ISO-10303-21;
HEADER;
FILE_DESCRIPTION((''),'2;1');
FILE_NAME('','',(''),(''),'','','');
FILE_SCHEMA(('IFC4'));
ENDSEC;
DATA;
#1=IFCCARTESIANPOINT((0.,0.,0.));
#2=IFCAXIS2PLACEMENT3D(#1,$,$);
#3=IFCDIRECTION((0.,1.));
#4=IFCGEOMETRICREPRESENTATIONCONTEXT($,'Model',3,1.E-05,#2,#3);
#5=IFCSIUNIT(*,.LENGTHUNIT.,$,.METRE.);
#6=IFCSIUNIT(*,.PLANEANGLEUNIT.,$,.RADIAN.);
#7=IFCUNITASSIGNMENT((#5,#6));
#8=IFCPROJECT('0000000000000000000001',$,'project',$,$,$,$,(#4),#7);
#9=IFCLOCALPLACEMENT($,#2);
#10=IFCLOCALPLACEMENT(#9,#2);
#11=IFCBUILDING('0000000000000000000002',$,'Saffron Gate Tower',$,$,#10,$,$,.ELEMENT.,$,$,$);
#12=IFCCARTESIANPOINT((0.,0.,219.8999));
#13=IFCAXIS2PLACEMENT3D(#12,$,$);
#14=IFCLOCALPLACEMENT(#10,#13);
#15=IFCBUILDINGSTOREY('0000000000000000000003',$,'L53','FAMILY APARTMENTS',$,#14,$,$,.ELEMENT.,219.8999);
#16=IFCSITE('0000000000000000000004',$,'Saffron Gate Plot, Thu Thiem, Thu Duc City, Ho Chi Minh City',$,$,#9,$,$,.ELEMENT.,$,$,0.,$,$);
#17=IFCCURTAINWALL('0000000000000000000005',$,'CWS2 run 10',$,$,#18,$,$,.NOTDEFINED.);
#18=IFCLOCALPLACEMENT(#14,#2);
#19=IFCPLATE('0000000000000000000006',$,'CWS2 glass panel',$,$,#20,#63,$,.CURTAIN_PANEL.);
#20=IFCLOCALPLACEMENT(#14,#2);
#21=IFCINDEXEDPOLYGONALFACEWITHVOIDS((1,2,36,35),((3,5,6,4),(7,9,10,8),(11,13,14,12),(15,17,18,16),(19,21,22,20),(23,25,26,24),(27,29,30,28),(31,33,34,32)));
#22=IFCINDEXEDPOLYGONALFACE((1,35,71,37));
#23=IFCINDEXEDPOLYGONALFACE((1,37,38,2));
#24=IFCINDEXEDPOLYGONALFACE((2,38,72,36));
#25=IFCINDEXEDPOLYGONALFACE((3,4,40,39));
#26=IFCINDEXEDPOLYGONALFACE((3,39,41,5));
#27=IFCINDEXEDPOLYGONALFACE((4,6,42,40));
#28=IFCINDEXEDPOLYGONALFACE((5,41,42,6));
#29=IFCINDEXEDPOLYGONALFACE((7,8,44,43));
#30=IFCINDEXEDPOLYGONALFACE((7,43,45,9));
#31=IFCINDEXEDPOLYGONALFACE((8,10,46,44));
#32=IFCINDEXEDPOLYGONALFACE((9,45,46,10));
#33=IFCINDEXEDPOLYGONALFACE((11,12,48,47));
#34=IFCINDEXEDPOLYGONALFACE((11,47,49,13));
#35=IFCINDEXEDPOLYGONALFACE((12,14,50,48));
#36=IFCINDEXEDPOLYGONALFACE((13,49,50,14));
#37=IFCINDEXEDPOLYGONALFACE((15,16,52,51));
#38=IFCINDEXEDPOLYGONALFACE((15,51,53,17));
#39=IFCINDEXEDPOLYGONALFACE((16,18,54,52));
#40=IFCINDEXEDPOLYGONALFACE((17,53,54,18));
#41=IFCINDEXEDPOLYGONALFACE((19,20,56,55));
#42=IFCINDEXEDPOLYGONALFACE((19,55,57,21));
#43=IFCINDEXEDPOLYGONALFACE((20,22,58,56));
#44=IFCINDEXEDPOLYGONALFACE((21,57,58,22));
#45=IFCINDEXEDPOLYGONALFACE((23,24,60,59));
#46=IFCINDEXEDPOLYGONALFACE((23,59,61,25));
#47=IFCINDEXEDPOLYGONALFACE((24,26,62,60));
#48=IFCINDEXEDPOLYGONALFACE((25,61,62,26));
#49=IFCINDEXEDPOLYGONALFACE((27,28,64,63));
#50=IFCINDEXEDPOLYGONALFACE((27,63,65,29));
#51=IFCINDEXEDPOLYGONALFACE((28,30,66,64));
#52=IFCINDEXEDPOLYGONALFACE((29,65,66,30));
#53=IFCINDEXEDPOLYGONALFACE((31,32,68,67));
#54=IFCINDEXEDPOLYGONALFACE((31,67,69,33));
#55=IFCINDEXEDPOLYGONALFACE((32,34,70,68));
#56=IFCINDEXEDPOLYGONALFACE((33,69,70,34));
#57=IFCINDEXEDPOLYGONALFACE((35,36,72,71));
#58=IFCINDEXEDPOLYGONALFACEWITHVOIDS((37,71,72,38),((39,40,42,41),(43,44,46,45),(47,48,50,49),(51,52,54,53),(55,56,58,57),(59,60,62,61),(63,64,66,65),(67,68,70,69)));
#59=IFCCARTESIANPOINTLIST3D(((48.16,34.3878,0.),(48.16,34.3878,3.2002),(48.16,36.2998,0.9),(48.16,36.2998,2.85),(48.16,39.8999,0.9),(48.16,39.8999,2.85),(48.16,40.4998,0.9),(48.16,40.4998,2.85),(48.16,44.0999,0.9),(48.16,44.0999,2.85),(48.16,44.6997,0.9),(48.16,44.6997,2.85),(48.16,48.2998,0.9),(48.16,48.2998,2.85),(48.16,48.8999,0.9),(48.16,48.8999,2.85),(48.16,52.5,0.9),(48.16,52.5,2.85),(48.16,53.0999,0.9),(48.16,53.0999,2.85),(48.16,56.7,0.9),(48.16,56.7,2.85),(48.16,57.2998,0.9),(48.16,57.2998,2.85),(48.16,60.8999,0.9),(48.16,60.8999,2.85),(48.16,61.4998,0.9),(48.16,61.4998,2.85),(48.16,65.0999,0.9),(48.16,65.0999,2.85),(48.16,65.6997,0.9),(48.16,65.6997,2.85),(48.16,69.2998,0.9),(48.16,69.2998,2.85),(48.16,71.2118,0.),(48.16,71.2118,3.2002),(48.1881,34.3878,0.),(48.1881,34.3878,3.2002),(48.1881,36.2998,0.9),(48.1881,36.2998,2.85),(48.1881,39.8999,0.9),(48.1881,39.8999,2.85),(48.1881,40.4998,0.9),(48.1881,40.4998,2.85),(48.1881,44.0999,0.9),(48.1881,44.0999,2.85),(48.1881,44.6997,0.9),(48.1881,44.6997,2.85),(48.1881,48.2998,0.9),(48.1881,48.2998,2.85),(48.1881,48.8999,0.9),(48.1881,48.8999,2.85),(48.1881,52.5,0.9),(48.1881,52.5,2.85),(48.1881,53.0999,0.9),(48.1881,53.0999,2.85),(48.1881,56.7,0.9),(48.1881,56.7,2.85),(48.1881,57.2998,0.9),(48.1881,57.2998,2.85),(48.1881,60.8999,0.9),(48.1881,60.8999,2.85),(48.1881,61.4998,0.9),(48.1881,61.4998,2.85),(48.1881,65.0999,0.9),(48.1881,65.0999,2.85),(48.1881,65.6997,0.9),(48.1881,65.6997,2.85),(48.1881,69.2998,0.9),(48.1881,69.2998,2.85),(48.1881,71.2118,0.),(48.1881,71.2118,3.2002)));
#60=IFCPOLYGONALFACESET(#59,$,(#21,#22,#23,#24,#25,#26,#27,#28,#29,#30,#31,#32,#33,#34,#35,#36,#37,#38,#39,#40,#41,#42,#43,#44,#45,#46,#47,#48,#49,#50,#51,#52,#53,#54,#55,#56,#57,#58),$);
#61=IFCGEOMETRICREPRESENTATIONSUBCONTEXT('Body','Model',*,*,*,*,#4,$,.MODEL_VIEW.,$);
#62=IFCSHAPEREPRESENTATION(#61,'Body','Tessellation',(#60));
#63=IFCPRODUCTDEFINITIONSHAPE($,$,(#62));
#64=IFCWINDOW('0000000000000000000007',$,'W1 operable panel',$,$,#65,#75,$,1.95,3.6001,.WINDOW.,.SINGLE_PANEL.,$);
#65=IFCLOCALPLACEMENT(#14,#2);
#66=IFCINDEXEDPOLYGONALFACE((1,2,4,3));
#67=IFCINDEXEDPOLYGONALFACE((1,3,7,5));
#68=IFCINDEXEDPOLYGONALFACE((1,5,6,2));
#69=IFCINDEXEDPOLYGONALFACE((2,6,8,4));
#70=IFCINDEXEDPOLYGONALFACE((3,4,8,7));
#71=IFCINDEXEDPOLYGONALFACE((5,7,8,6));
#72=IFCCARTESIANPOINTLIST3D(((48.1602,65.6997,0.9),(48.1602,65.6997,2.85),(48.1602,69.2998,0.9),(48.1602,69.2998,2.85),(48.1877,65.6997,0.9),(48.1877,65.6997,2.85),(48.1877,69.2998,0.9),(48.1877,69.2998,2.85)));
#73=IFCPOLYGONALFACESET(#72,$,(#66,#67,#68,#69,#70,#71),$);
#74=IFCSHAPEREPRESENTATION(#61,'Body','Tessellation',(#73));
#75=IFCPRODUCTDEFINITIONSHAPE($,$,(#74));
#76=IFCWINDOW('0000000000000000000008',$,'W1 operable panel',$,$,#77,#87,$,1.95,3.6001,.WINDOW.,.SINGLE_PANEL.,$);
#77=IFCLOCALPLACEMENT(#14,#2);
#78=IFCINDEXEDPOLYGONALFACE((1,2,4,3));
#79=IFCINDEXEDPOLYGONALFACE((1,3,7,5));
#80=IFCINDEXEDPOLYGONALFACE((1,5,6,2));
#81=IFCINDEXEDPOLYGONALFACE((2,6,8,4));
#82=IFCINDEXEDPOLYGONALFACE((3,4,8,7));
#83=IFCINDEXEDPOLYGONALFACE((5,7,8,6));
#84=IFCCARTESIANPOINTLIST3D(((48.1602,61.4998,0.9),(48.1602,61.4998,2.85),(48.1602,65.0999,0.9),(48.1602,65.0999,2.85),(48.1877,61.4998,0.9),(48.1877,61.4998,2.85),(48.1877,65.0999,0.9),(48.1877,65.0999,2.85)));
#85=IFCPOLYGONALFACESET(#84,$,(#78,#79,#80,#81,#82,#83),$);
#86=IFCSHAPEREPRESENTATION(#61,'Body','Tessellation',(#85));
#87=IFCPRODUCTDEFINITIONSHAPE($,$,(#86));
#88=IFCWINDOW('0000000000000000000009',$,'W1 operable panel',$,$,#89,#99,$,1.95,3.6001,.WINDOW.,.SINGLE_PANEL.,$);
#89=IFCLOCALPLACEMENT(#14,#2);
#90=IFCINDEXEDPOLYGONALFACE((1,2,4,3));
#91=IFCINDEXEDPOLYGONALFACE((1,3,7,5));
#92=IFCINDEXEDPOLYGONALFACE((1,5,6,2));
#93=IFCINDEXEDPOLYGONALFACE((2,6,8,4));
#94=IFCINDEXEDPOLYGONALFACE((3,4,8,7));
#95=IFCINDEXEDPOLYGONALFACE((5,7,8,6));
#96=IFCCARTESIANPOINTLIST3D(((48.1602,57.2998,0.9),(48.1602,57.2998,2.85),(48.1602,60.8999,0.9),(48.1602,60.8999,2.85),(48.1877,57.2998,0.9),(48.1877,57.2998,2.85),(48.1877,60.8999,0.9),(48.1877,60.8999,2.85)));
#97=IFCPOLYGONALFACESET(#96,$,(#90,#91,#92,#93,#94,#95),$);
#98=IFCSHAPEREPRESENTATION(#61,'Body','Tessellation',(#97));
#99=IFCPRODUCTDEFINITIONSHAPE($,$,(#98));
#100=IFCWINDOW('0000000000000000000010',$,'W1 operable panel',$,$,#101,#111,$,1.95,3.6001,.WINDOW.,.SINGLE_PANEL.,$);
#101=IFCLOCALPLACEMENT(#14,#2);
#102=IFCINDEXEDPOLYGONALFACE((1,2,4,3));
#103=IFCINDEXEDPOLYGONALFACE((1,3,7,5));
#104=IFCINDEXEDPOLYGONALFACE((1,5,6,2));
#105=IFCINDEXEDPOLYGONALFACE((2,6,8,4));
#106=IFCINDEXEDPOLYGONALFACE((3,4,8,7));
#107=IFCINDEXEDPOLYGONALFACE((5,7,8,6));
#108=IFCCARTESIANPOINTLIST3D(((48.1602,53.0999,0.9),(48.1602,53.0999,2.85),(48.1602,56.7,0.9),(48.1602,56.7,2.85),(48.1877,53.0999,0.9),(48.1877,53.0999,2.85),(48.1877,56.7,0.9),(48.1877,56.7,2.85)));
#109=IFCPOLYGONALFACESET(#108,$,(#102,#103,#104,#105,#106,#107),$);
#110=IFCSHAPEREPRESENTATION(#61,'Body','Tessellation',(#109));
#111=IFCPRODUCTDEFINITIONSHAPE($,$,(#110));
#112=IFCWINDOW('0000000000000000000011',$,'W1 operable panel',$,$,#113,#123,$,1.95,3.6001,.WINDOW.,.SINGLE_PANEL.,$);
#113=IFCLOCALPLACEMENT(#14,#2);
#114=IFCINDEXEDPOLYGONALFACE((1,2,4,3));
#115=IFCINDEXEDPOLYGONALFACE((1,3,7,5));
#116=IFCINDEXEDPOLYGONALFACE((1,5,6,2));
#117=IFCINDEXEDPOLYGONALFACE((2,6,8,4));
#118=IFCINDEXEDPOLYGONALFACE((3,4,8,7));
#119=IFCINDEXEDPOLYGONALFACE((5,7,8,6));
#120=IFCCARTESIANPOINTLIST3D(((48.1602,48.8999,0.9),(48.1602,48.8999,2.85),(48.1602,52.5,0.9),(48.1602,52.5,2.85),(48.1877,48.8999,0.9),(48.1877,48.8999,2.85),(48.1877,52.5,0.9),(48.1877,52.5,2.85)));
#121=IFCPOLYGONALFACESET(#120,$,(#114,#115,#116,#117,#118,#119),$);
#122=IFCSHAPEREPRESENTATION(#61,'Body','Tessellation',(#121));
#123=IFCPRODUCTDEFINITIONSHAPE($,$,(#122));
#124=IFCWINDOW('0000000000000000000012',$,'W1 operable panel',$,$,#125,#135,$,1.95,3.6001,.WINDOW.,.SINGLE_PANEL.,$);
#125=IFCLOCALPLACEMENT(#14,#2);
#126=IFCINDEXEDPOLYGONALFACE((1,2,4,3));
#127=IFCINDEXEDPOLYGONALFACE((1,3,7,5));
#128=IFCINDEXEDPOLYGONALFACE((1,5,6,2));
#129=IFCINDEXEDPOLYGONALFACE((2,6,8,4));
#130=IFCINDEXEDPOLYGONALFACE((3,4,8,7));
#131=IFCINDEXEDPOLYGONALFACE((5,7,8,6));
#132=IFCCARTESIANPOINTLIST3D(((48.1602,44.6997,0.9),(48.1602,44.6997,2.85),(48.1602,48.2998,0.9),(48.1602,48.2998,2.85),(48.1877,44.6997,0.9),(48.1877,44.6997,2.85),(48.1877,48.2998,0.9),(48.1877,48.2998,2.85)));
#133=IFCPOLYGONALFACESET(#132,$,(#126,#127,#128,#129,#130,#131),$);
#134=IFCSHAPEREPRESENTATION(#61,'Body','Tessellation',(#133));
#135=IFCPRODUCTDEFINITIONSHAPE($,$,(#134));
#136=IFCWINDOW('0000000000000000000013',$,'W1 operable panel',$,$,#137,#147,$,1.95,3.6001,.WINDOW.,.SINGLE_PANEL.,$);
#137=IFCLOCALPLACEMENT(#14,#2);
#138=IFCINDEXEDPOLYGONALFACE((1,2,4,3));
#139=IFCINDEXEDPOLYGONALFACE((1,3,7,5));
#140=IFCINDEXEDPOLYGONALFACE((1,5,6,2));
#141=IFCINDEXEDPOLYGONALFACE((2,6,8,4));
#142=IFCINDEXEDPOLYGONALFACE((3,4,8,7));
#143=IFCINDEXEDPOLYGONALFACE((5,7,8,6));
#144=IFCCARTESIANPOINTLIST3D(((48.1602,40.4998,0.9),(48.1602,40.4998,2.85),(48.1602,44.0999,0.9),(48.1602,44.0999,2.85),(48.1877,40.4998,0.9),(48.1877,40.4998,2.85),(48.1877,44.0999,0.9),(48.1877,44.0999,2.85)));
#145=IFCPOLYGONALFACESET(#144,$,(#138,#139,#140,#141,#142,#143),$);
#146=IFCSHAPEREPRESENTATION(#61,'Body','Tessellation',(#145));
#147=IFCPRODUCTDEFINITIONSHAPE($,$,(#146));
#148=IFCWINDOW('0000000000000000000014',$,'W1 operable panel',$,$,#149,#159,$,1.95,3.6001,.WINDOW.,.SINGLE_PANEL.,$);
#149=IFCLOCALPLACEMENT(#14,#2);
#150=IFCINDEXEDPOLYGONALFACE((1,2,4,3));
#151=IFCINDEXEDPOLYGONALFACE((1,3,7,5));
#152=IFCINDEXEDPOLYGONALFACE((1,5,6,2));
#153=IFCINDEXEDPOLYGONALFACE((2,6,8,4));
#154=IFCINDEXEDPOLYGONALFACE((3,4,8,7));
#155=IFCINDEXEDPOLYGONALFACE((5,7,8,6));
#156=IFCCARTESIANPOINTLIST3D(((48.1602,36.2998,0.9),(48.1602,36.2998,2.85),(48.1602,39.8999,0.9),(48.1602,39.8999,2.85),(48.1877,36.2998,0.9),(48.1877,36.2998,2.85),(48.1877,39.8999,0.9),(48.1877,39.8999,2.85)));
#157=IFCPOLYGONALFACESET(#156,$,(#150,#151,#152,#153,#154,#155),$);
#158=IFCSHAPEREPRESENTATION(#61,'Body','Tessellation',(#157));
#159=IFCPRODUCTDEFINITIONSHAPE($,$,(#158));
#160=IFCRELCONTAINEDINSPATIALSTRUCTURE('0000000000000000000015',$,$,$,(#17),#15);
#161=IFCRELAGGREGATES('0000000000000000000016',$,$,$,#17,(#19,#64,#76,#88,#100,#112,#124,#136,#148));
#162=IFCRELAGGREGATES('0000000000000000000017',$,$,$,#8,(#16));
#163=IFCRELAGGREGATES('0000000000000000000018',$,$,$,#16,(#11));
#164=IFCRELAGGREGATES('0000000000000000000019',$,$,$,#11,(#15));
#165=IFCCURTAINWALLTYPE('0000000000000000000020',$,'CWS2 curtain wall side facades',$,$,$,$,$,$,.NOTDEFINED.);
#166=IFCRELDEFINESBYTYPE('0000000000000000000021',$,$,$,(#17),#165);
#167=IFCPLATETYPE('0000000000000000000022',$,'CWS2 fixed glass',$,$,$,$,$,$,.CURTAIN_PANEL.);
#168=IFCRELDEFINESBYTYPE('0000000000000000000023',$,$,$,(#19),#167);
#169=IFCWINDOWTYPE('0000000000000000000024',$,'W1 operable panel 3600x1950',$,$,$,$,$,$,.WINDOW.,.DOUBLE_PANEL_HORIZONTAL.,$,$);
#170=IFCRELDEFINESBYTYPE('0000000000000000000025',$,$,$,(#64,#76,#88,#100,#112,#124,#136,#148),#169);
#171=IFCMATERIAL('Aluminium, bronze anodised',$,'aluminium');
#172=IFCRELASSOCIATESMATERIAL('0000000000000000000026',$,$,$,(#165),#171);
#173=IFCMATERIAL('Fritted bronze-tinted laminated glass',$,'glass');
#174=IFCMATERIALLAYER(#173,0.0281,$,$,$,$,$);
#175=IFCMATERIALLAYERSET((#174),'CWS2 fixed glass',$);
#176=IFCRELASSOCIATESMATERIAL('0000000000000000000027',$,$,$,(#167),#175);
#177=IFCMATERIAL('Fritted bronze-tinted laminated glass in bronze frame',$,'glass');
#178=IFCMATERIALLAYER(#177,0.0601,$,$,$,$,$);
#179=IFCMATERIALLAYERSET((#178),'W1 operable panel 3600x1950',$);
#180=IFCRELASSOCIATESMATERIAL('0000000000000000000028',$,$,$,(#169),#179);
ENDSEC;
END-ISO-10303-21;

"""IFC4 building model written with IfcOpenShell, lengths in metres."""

from ifc_helpers import new_model, si_unit, direction, frame, frame_2d, origin, place, context, subcontext, project, spatial, rectangle, extrude, material, layer, layer_set, type_object, element, fill, aggregate, save


model = new_model("IFC4")

# Units and contexts
model_context = context("Model", 3, precision=1e-05, world=origin(), true_north=direction((0.0, 1.0)))
body_context = subcontext(model_context, "Body", "Model", "MODEL_VIEW")
ifc_project = project(units=[si_unit("LENGTHUNIT", "METRE"), si_unit("PLANEANGLEUNIT", "RADIAN")], contexts=[model_context])

# Site, building, storey
site_placement = place(None, origin())
site = spatial("IfcSite", under=ifc_project, at=site_placement, Name="Saffron Gate Plot, Thu Thiem, Thu Duc City, Ho Chi Minh City", CompositionType="ELEMENT", RefElevation=0.0)
building_placement = place(site_placement, origin())
building = spatial("IfcBuilding", under=site, at=building_placement, Name="Saffron Gate Tower", CompositionType="ELEMENT")
storey_placement = place(building_placement, frame((0.0, 0.0, 219.8999)))
storey = spatial("IfcBuildingStorey", under=building, at=storey_placement, Name="L53", Description="FAMILY APARTMENTS", CompositionType="ELEMENT", Elevation=219.8999)

# Curtain wall
ifc_material_1 = material(Name="Aluminium, bronze anodised", Category="aluminium")
curtain_wall_type_1 = type_object("IfcCurtainWallType", Name="CWS2 curtain wall side facades", PredefinedType="NOTDEFINED", material=ifc_material_1)
curtain_wall_1_placement = place(storey_placement, origin())
curtain_wall_1 = element("IfcCurtainWall", 1, at=curtain_wall_1_placement, inside=storey, type_object=curtain_wall_type_1, Name="CWS2 run 10", PredefinedType="NOTDEFINED")

# Plate, openings, windows
ifc_material_2 = material(Name="Fritted bronze-tinted laminated glass", Category="glass")
ifc_layer_1 = layer(ifc_material_2, 0.0281)
ifc_layer_set_1 = layer_set([ifc_layer_1], Name="CWS2 fixed glass")
plate_type = type_object("IfcPlateType", Name="CWS2 fixed glass", PredefinedType="CURTAIN_PANEL", material=ifc_layer_set_1)
plate_placement = place(storey_placement, frame((48.1741, 71.2119, 0.0), z_axis=(0.0, 0.0, 1.0), x_axis=(0.0, -1.0, 0.0)))
plate = element("IfcPlate", 2, at=plate_placement, type_object=plate_type, Name="CWS2 glass panel", PredefinedType="CURTAIN_PANEL", context=body_context, shape_type="SweptSolid", body=[
    extrude(rectangle(XDim=36.824, YDim=0.0281, at=frame_2d((18.4121, 0.0))), origin(), (0.0, 0.0, 1.0), 3.2002),
])
opening_1_placement = place(plate_placement, frame((1.9121, 0.0, 0.8999)))
opening_1 = element("IfcOpeningElement", 3, at=opening_1_placement, cuts=plate, PredefinedType="OPENING", context=body_context, shape_type="SweptSolid", body=[
    extrude(rectangle(XDim=3.6001, YDim=1.95, at=frame_2d((1.8, 0.9751))), frame((0.0, 0.0239, 0.0), z_axis=(0.0, -1.0, 0.0), x_axis=(1.0, 0.0, 0.0)), (0.0, 0.0, 1.0), 0.0481),
])
opening_2_placement = place(plate_placement, frame((6.1121, 0.0, 0.8999)))
opening_2 = element("IfcOpeningElement", 4, at=opening_2_placement, cuts=plate, PredefinedType="OPENING", context=body_context, shape_type="SweptSolid", body=[
    extrude(rectangle(XDim=3.6001, YDim=1.95, at=frame_2d((1.8, 0.9751))), frame((0.0, 0.0239, 0.0), z_axis=(0.0, -1.0, 0.0), x_axis=(1.0, 0.0, 0.0)), (0.0, 0.0, 1.0), 0.0481),
])
opening_3_placement = place(plate_placement, frame((10.312, 0.0, 0.8999)))
opening_3 = element("IfcOpeningElement", 5, at=opening_3_placement, cuts=plate, PredefinedType="OPENING", context=body_context, shape_type="SweptSolid", body=[
    extrude(rectangle(XDim=3.6001, YDim=1.95, at=frame_2d((1.8, 0.9751))), frame((0.0, 0.0239, 0.0), z_axis=(0.0, -1.0, 0.0), x_axis=(1.0, 0.0, 0.0)), (0.0, 0.0, 1.0), 0.0481),
])
opening_4_placement = place(plate_placement, frame((14.512, 0.0, 0.8999)))
opening_4 = element("IfcOpeningElement", 6, at=opening_4_placement, cuts=plate, PredefinedType="OPENING", context=body_context, shape_type="SweptSolid", body=[
    extrude(rectangle(XDim=3.6001, YDim=1.95, at=frame_2d((1.8, 0.9751))), frame((0.0, 0.0239, 0.0), z_axis=(0.0, -1.0, 0.0), x_axis=(1.0, 0.0, 0.0)), (0.0, 0.0, 1.0), 0.0481),
])
opening_5_placement = place(plate_placement, frame((18.7119, 0.0, 0.8999)))
opening_5 = element("IfcOpeningElement", 7, at=opening_5_placement, cuts=plate, PredefinedType="OPENING", context=body_context, shape_type="SweptSolid", body=[
    extrude(rectangle(XDim=3.6001, YDim=1.95, at=frame_2d((1.8, 0.9751))), frame((0.0, 0.0239, 0.0), z_axis=(0.0, -1.0, 0.0), x_axis=(1.0, 0.0, 0.0)), (0.0, 0.0, 1.0), 0.0481),
])
opening_6_placement = place(plate_placement, frame((22.9121, 0.0, 0.8999)))
opening_6 = element("IfcOpeningElement", 8, at=opening_6_placement, cuts=plate, PredefinedType="OPENING", context=body_context, shape_type="SweptSolid", body=[
    extrude(rectangle(XDim=3.6001, YDim=1.95, at=frame_2d((1.8, 0.9751))), frame((0.0, 0.0239, 0.0), z_axis=(0.0, -1.0, 0.0), x_axis=(1.0, 0.0, 0.0)), (0.0, 0.0, 1.0), 0.0481),
])
opening_7_placement = place(plate_placement, frame((27.1121, 0.0, 0.8999)))
opening_7 = element("IfcOpeningElement", 9, at=opening_7_placement, cuts=plate, PredefinedType="OPENING", context=body_context, shape_type="SweptSolid", body=[
    extrude(rectangle(XDim=3.6001, YDim=1.95, at=frame_2d((1.8, 0.9751))), frame((0.0, 0.0239, 0.0), z_axis=(0.0, -1.0, 0.0), x_axis=(1.0, 0.0, 0.0)), (0.0, 0.0, 1.0), 0.0481),
])
opening_8_placement = place(plate_placement, frame((31.312, 0.0, 0.8999)))
opening_8 = element("IfcOpeningElement", 10, at=opening_8_placement, cuts=plate, PredefinedType="OPENING", context=body_context, shape_type="SweptSolid", body=[
    extrude(rectangle(XDim=3.6001, YDim=1.95, at=frame_2d((1.8, 0.9751))), frame((0.0, 0.0239, 0.0), z_axis=(0.0, -1.0, 0.0), x_axis=(1.0, 0.0, 0.0)), (0.0, 0.0, 1.0), 0.0481),
])
ifc_material_3 = material(Name="Fritted bronze-tinted laminated glass in bronze frame", Category="glass")
ifc_layer_2 = layer(ifc_material_3, 0.0601)
ifc_layer_set_2 = layer_set([ifc_layer_2], Name="W1 operable panel 3600x1950")
window_type = type_object("IfcWindowType", Name="W1 operable panel 3600x1950", PartitioningType="DOUBLE_PANEL_HORIZONTAL", PredefinedType="WINDOW", material=ifc_layer_set_2)
window_1_placement = place(opening_1_placement, origin())
window_1 = element("IfcWindow", 11, at=window_1_placement, type_object=window_type, Name="W1 operable panel", OverallHeight=1.95, OverallWidth=3.6001, PartitioningType="SINGLE_PANEL", PredefinedType="WINDOW", context=body_context, shape_type="SweptSolid", body=[
    extrude(rectangle(XDim=3.6001, YDim=1.95, at=frame_2d((1.8, 0.9751))), frame((0.0, 0.0137, 0.0), z_axis=(0.0, -1.0, 0.0), x_axis=(1.0, 0.0, 0.0)), (0.0, 0.0, 1.0), 0.0276),
])
fill(opening_1, window_1)
window_2_placement = place(opening_2_placement, origin())
window_2 = element("IfcWindow", 12, at=window_2_placement, type_object=window_type, Name="W1 operable panel", OverallHeight=1.95, OverallWidth=3.6001, PartitioningType="SINGLE_PANEL", PredefinedType="WINDOW", context=body_context, shape_type="SweptSolid", body=[
    extrude(rectangle(XDim=3.6001, YDim=1.95, at=frame_2d((1.8, 0.9751))), frame((0.0, 0.0137, 0.0), z_axis=(0.0, -1.0, 0.0), x_axis=(1.0, 0.0, 0.0)), (0.0, 0.0, 1.0), 0.0276),
])
fill(opening_2, window_2)
window_3_placement = place(opening_3_placement, origin())
window_3 = element("IfcWindow", 13, at=window_3_placement, type_object=window_type, Name="W1 operable panel", OverallHeight=1.95, OverallWidth=3.6001, PartitioningType="SINGLE_PANEL", PredefinedType="WINDOW", context=body_context, shape_type="SweptSolid", body=[
    extrude(rectangle(XDim=3.6001, YDim=1.95, at=frame_2d((1.8, 0.9751))), frame((0.0, 0.0137, 0.0), z_axis=(0.0, -1.0, 0.0), x_axis=(1.0, 0.0, 0.0)), (0.0, 0.0, 1.0), 0.0276),
])
fill(opening_3, window_3)
window_4_placement = place(opening_4_placement, origin())
window_4 = element("IfcWindow", 14, at=window_4_placement, type_object=window_type, Name="W1 operable panel", OverallHeight=1.95, OverallWidth=3.6001, PartitioningType="SINGLE_PANEL", PredefinedType="WINDOW", context=body_context, shape_type="SweptSolid", body=[
    extrude(rectangle(XDim=3.6001, YDim=1.95, at=frame_2d((1.8, 0.9751))), frame((0.0, 0.0137, 0.0), z_axis=(0.0, -1.0, 0.0), x_axis=(1.0, 0.0, 0.0)), (0.0, 0.0, 1.0), 0.0276),
])
fill(opening_4, window_4)
window_5_placement = place(opening_5_placement, origin())
window_5 = element("IfcWindow", 15, at=window_5_placement, type_object=window_type, Name="W1 operable panel", OverallHeight=1.95, OverallWidth=3.6001, PartitioningType="SINGLE_PANEL", PredefinedType="WINDOW", context=body_context, shape_type="SweptSolid", body=[
    extrude(rectangle(XDim=3.6001, YDim=1.95, at=frame_2d((1.8, 0.9751))), frame((0.0, 0.0137, 0.0), z_axis=(0.0, -1.0, 0.0), x_axis=(1.0, 0.0, 0.0)), (0.0, 0.0, 1.0), 0.0276),
])
fill(opening_5, window_5)
window_6_placement = place(opening_6_placement, origin())
window_6 = element("IfcWindow", 16, at=window_6_placement, type_object=window_type, Name="W1 operable panel", OverallHeight=1.95, OverallWidth=3.6001, PartitioningType="SINGLE_PANEL", PredefinedType="WINDOW", context=body_context, shape_type="SweptSolid", body=[
    extrude(rectangle(XDim=3.6001, YDim=1.95, at=frame_2d((1.8, 0.9751))), frame((0.0, 0.0137, 0.0), z_axis=(0.0, -1.0, 0.0), x_axis=(1.0, 0.0, 0.0)), (0.0, 0.0, 1.0), 0.0276),
])
fill(opening_6, window_6)
window_7_placement = place(opening_7_placement, origin())
window_7 = element("IfcWindow", 17, at=window_7_placement, type_object=window_type, Name="W1 operable panel", OverallHeight=1.95, OverallWidth=3.6001, PartitioningType="SINGLE_PANEL", PredefinedType="WINDOW", context=body_context, shape_type="SweptSolid", body=[
    extrude(rectangle(XDim=3.6001, YDim=1.95, at=frame_2d((1.8, 0.9751))), frame((0.0, 0.0137, 0.0), z_axis=(0.0, -1.0, 0.0), x_axis=(1.0, 0.0, 0.0)), (0.0, 0.0, 1.0), 0.0276),
])
fill(opening_7, window_7)
window_8_placement = place(opening_8_placement, origin())
window_8 = element("IfcWindow", 18, at=window_8_placement, type_object=window_type, Name="W1 operable panel", OverallHeight=1.95, OverallWidth=3.6001, PartitioningType="SINGLE_PANEL", PredefinedType="WINDOW", context=body_context, shape_type="SweptSolid", body=[
    extrude(rectangle(XDim=3.6001, YDim=1.95, at=frame_2d((1.8, 0.9751))), frame((0.0, 0.0137, 0.0), z_axis=(0.0, -1.0, 0.0), x_axis=(1.0, 0.0, 0.0)), (0.0, 0.0, 1.0), 0.0276),
])
fill(opening_8, window_8)
aggregate(curtain_wall_1, [plate, window_1, window_2, window_3, window_4, window_5, window_6, window_7, window_8])

save(model, "model.ifc")
